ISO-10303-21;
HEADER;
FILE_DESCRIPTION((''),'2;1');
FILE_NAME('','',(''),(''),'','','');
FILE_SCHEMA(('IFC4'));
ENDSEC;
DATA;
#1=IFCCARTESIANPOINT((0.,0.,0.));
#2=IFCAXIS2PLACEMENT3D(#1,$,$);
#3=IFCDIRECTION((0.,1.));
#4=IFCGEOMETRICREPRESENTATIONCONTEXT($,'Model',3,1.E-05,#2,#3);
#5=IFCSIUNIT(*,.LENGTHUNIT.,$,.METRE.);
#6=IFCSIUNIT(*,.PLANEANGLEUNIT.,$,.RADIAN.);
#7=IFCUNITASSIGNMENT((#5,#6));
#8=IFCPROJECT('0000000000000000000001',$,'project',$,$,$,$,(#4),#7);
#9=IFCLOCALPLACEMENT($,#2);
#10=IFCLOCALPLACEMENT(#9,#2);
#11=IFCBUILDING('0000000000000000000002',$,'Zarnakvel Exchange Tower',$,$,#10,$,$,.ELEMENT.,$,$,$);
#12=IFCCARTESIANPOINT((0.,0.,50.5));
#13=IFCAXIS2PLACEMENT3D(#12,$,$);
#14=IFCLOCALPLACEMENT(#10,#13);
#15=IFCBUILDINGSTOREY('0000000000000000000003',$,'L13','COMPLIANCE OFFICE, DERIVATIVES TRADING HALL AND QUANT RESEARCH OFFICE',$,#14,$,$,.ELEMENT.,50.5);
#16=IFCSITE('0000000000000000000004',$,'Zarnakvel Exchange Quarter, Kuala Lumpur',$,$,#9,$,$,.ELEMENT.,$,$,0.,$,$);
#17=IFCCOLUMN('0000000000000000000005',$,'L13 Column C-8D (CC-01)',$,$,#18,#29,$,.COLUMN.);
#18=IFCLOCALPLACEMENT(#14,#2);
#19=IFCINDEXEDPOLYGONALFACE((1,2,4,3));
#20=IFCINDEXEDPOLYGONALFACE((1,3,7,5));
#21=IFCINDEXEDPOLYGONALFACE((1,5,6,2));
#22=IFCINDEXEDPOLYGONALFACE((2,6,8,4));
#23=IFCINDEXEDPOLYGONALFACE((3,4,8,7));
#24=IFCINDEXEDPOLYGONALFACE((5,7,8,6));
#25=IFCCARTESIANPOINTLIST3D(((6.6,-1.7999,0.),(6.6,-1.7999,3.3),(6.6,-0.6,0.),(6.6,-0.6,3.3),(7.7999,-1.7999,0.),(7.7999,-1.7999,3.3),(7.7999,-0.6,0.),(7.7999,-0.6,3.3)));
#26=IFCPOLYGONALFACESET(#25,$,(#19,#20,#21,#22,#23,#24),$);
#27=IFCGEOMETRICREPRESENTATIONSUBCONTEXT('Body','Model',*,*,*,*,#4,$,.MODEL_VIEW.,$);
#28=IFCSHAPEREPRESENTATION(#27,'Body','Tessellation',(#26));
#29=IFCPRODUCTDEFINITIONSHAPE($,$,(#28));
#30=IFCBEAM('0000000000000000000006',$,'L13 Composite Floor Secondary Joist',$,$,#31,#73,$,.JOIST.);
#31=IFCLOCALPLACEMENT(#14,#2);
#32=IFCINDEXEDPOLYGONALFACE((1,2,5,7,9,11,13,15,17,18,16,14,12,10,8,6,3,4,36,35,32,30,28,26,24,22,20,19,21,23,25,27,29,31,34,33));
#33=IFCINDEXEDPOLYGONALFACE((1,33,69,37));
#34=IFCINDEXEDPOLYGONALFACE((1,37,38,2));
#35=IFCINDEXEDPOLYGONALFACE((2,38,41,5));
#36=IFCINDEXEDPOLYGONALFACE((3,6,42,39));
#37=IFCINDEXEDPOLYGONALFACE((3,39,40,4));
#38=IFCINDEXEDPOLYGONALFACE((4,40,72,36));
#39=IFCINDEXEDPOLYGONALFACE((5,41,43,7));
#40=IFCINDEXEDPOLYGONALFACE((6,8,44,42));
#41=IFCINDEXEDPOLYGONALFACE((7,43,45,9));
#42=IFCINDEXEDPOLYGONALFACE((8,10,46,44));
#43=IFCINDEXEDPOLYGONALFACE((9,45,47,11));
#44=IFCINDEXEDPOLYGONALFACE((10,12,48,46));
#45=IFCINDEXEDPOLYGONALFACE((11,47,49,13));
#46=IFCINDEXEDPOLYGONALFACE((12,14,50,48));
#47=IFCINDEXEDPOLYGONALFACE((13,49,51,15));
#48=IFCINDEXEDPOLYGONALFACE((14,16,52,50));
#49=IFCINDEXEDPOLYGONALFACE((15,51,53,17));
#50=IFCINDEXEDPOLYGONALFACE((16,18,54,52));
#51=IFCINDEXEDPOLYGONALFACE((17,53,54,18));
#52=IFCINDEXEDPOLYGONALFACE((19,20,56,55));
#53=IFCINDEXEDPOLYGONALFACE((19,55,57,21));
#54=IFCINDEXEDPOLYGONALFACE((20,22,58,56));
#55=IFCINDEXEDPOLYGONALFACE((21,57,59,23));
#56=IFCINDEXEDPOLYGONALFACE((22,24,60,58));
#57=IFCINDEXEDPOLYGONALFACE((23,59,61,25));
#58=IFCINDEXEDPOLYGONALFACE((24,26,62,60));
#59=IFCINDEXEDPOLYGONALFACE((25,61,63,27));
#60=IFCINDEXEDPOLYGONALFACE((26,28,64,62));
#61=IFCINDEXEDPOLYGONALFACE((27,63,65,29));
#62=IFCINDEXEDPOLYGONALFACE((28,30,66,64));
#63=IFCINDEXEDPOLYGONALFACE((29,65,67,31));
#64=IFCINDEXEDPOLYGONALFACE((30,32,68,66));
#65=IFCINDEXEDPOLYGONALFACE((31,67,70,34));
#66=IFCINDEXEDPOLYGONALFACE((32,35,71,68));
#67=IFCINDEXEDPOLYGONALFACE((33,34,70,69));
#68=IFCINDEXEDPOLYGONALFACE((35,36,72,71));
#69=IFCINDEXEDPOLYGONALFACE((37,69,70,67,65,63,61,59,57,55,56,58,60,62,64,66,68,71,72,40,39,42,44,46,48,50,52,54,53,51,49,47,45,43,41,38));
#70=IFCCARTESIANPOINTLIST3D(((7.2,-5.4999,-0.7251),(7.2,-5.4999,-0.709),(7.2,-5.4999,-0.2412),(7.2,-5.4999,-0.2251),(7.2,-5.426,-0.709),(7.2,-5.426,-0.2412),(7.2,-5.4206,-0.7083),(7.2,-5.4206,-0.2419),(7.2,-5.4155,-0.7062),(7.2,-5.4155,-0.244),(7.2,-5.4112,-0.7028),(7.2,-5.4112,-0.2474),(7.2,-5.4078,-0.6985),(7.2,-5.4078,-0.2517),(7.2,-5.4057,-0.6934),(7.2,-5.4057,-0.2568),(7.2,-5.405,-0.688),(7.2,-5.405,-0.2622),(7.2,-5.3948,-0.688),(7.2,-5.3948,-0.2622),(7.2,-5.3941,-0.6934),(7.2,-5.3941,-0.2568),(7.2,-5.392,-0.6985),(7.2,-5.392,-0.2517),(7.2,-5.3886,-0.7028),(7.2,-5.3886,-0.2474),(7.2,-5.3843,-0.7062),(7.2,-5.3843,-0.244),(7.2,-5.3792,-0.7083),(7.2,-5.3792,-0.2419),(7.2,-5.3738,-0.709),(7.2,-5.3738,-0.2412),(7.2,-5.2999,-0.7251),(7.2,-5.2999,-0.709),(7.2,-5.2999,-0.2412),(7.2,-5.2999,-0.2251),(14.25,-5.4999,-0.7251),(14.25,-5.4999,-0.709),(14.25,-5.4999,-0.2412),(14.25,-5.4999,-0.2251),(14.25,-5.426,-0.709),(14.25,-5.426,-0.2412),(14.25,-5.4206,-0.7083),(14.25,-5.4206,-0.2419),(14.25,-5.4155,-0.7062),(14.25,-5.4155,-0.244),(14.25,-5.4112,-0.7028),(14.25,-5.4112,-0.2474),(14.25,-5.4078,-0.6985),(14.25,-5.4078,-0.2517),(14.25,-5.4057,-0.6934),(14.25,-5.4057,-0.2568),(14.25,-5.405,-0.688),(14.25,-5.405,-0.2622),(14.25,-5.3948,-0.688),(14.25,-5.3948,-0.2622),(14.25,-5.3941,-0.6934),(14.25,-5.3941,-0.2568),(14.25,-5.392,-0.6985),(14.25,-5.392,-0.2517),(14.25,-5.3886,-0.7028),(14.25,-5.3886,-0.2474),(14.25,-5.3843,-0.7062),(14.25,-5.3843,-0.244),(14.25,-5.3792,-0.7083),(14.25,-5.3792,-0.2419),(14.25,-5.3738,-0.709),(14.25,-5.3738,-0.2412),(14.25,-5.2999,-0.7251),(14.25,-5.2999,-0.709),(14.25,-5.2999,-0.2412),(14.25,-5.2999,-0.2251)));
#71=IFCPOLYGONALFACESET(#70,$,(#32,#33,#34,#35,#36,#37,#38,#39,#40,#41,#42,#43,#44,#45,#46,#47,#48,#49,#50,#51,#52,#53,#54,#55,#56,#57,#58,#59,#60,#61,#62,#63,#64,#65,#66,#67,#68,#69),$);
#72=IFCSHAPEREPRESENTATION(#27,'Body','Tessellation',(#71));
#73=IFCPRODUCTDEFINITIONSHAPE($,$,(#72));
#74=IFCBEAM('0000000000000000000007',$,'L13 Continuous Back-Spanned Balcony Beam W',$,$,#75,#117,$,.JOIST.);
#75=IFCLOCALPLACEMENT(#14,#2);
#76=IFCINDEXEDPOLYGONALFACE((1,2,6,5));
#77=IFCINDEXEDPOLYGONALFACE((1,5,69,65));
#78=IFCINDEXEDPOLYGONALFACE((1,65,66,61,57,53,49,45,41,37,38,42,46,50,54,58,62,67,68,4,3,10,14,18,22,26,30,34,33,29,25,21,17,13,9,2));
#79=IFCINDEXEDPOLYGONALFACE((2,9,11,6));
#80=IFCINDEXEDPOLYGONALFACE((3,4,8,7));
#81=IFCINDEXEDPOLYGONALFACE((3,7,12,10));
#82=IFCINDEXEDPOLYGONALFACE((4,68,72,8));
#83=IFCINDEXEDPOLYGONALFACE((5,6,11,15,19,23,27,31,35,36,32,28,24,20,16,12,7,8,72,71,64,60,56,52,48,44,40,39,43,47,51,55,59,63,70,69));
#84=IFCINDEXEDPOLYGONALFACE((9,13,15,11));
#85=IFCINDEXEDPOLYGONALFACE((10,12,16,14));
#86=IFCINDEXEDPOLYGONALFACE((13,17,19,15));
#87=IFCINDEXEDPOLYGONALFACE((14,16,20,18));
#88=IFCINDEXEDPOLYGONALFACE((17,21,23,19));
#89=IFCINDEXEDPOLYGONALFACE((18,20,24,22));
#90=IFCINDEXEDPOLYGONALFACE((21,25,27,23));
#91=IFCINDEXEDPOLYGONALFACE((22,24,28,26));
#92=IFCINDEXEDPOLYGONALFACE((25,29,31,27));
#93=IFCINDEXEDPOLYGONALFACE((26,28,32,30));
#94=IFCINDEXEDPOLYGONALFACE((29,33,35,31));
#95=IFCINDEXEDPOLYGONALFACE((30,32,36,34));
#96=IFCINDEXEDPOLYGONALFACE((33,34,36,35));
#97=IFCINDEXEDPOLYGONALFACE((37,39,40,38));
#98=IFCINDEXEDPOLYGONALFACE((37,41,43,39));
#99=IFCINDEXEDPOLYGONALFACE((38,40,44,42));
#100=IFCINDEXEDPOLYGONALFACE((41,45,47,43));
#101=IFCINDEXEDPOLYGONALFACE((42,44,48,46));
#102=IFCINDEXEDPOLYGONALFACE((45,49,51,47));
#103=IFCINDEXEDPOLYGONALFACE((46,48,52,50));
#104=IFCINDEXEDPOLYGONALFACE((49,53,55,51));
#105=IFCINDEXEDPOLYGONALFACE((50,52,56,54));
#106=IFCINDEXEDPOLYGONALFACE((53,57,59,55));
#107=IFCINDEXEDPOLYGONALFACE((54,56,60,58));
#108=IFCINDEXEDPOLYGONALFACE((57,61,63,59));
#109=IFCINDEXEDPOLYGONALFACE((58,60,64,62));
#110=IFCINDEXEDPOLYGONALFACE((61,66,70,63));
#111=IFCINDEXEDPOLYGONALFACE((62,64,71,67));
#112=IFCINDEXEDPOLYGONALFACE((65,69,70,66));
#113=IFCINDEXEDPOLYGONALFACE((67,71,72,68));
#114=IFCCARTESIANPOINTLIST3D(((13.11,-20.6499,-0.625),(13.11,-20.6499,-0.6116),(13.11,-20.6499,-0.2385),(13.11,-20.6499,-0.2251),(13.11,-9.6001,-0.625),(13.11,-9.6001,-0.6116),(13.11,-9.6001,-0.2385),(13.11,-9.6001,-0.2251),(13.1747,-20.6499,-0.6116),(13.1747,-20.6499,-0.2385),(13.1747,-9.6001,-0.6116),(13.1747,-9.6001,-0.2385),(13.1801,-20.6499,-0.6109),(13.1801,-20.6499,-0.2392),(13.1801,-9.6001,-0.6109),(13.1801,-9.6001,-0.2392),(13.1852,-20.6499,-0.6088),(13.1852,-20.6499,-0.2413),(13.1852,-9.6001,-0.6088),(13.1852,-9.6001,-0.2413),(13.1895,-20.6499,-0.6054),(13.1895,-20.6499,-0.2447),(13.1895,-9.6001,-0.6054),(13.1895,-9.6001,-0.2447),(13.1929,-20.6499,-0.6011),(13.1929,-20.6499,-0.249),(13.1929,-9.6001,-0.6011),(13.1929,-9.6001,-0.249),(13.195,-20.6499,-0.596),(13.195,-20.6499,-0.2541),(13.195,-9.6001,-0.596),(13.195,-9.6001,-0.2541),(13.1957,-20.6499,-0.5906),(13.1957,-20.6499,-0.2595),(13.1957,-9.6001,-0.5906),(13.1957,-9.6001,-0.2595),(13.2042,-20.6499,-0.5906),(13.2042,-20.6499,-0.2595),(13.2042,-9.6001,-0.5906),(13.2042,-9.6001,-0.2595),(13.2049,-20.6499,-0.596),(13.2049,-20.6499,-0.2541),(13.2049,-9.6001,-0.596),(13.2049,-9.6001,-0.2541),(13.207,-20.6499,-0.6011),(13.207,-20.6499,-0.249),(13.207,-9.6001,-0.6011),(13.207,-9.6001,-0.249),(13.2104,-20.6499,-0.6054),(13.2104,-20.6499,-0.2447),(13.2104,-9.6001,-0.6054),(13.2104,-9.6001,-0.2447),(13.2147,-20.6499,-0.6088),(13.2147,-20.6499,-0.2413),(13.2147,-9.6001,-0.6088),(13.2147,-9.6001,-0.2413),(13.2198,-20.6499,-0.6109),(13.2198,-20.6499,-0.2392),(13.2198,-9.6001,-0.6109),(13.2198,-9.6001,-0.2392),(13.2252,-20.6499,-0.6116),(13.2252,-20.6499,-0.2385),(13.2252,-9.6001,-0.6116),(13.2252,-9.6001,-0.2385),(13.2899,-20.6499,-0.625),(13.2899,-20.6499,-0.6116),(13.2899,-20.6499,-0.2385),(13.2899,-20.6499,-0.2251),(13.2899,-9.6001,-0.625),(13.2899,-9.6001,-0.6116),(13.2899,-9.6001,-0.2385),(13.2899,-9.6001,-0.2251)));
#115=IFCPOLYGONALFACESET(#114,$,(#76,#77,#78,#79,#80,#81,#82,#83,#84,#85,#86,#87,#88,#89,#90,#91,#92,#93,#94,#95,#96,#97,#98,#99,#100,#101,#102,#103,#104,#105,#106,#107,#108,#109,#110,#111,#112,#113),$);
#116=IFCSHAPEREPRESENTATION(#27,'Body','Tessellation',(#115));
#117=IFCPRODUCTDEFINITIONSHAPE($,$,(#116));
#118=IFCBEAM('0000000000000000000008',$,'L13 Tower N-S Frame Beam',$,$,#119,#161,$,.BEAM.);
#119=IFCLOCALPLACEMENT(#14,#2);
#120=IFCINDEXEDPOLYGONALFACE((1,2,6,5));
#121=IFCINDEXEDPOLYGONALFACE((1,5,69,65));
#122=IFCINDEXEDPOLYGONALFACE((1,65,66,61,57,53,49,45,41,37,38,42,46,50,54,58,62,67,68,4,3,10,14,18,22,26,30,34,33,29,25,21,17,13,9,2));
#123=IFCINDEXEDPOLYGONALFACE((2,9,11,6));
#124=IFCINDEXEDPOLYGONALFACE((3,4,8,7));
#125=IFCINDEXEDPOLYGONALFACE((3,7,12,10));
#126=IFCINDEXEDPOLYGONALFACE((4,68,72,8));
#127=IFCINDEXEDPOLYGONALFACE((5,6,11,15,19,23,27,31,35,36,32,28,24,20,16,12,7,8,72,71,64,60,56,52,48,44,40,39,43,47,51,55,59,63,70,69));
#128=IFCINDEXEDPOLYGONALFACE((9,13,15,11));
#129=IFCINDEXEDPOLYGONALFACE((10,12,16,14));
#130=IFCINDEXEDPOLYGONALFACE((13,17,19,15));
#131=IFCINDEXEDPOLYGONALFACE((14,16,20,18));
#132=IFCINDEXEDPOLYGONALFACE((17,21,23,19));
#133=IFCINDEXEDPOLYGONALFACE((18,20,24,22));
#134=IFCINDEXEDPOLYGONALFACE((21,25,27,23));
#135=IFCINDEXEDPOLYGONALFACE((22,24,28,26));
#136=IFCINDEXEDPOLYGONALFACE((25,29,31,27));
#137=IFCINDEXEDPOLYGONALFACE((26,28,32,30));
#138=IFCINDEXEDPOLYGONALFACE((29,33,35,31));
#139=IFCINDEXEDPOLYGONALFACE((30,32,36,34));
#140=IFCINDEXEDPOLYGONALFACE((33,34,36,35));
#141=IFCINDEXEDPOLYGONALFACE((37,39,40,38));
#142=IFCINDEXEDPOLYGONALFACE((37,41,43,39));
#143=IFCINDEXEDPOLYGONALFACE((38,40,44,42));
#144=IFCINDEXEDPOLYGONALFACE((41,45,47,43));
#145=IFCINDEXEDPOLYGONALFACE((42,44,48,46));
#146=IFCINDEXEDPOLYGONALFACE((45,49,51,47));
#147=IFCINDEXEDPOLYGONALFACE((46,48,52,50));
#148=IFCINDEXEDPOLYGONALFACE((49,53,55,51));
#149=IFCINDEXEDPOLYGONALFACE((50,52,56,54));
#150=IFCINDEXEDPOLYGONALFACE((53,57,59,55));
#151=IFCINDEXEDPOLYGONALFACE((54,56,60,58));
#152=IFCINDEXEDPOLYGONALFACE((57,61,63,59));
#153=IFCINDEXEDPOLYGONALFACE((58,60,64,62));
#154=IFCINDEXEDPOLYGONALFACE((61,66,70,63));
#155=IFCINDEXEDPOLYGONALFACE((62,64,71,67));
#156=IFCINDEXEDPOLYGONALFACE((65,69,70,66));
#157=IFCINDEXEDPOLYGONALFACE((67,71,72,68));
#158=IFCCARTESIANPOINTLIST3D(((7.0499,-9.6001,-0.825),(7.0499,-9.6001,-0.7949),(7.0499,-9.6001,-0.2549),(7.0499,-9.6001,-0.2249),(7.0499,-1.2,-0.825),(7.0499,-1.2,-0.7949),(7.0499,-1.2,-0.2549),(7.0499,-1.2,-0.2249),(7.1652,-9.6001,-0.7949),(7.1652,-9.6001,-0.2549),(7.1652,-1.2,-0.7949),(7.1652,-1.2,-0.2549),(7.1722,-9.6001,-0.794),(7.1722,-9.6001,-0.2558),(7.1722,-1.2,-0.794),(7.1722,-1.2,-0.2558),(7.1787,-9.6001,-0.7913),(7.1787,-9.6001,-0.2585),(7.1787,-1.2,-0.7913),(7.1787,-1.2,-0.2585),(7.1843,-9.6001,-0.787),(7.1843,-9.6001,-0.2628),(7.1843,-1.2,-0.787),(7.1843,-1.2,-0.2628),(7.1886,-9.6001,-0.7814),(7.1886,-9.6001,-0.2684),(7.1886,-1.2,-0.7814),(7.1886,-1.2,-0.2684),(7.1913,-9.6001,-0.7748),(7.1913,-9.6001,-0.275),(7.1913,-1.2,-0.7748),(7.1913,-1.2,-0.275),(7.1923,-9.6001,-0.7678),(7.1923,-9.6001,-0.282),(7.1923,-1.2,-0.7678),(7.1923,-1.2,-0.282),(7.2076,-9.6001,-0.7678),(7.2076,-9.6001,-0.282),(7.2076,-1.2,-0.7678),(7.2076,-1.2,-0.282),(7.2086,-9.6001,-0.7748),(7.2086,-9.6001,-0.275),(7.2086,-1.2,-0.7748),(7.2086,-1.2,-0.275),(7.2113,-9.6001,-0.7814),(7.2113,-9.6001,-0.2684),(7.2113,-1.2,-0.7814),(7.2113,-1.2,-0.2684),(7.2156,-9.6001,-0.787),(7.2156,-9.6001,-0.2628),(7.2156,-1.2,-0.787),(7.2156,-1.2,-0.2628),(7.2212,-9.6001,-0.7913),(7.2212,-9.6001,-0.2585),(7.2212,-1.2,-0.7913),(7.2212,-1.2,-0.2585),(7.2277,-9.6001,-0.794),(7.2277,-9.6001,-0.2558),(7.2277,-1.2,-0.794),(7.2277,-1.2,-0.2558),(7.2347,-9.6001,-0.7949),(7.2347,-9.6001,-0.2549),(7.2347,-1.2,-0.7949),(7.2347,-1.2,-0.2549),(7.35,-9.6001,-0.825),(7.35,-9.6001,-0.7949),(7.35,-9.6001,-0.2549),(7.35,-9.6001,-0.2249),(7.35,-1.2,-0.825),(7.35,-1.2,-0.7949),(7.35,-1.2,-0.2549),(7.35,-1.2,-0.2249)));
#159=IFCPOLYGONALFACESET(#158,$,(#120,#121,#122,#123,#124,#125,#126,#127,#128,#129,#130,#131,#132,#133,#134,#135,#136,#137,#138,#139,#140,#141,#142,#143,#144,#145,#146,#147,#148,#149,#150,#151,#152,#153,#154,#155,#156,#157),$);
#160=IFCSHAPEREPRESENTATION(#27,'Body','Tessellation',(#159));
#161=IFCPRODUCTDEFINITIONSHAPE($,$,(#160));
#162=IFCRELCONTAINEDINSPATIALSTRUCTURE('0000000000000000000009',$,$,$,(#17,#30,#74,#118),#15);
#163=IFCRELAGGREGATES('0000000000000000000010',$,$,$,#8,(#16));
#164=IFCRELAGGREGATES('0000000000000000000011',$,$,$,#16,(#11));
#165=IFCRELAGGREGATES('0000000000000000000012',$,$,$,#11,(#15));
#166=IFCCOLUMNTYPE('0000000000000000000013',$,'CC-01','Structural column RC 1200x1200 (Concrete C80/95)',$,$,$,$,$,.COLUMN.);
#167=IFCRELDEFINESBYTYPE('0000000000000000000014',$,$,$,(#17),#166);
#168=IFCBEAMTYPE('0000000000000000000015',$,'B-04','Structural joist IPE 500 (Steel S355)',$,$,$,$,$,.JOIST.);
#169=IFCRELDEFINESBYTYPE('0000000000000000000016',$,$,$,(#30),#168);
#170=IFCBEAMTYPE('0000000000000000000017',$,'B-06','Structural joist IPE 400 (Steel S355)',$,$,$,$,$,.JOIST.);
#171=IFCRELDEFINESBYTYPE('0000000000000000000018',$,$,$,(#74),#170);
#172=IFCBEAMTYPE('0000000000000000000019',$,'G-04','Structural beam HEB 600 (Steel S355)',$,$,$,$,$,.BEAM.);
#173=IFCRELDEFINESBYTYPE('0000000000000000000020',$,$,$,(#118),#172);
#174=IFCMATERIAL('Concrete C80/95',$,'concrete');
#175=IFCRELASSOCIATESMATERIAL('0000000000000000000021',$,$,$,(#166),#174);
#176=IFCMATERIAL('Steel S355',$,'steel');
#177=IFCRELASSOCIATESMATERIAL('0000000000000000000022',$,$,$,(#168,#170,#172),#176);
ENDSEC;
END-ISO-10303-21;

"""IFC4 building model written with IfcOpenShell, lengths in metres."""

from ifc_helpers import new_model, si_unit, direction, frame, origin, origin_2d, place, context, subcontext, project, spatial, rectangle, i_section, extrude, material, material_profile, profile_set, type_object, element, save


model = new_model("IFC4")

# Units and contexts
model_context = context("Model", 3, precision=1e-05, world=origin(), true_north=direction((0.0, 1.0)))
body_context = subcontext(model_context, "Body", "Model", "MODEL_VIEW")
ifc_project = project(units=[si_unit("LENGTHUNIT", "METRE"), si_unit("PLANEANGLEUNIT", "RADIAN")], contexts=[model_context])

# Site, building, storey
site_placement = place(None, origin())
site = spatial("IfcSite", under=ifc_project, at=site_placement, Name="Zarnakvel Exchange Quarter, Kuala Lumpur", CompositionType="ELEMENT", RefElevation=0.0)
building_placement = place(site_placement, origin())
building = spatial("IfcBuilding", under=site, at=building_placement, Name="Zarnakvel Exchange Tower", CompositionType="ELEMENT")
storey_placement = place(building_placement, frame((0.0, 0.0, 50.5)))
storey = spatial("IfcBuildingStorey", under=building, at=storey_placement, Name="L13", Description="COMPLIANCE OFFICE, DERIVATIVES TRADING HALL AND QUANT RESEARCH OFFICE", CompositionType="ELEMENT", Elevation=50.5)

# Column
ifc_material_1 = material(Name="Concrete C80/95", Category="concrete")
ifc_material_profile_1 = material_profile(ifc_material_1, rectangle(XDim=1.2, YDim=1.2, at=origin_2d()))
ifc_profile_set_1 = profile_set([ifc_material_profile_1], Name="Concrete C80/95")
column_type = type_object("IfcColumnType", Name="CC-01", Description="Structural column RC 1200x1200 (Concrete C80/95)", PredefinedType="COLUMN", material=ifc_profile_set_1)
column_placement = place(storey_placement, frame((7.2, -1.2, 0.0), z_axis=(0.0, 0.0, 1.0), x_axis=(1.0, 0.0, 0.0)))
element("IfcColumn", 1, at=column_placement, inside=storey, type_object=column_type, Name="L13 Column C-8D (CC-01)", PredefinedType="COLUMN", context=body_context, shape_type="SweptSolid", body=[
    extrude(rectangle(XDim=1.2, YDim=1.2, at=origin_2d()), origin(), (0.0, 0.0, 1.0), 3.3),
])

# Beams
ifc_material_2 = material(Name="Steel S355", Category="steel")
ifc_material_profile_2 = material_profile(ifc_material_2, i_section(OverallWidth=0.2, OverallDepth=0.5, WebThickness=0.0103, FlangeThickness=0.0161, FilletRadius=0.021, at=origin_2d()))
ifc_profile_set_2 = profile_set([ifc_material_profile_2], Name="Steel S355")
beam_type_1 = type_object("IfcBeamType", Name="B-04", Description="Structural joist IPE 500 (Steel S355)", PredefinedType="JOIST", material=ifc_profile_set_2)
beam_1_placement = place(storey_placement, frame((7.2, -5.3999, -0.4751), z_axis=(1.0, 0.0, 0.0), x_axis=(0.0, 1.0, 0.0)))
element("IfcBeam", 2, at=beam_1_placement, inside=storey, type_object=beam_type_1, Name="L13 Composite Floor Secondary Joist", PredefinedType="JOIST", context=body_context, shape_type="SweptSolid", body=[
    extrude(i_section(OverallWidth=0.2, OverallDepth=0.5, WebThickness=0.0103, FlangeThickness=0.0161, FilletRadius=0.021, at=origin_2d()), origin(), (0.0, 0.0, 1.0), 7.05),
])
ifc_material_profile_3 = material_profile(ifc_material_2, i_section(OverallWidth=0.1799, OverallDepth=0.3999, WebThickness=0.0085, FlangeThickness=0.0134, FilletRadius=0.021, at=origin_2d()))
ifc_profile_set_3 = profile_set([ifc_material_profile_3], Name="Steel S355")
beam_type_2 = type_object("IfcBeamType", Name="B-06", Description="Structural joist IPE 400 (Steel S355)", PredefinedType="JOIST", material=ifc_profile_set_3)
beam_2_placement = place(storey_placement, frame((13.2, -9.6001, -0.425), z_axis=(0.0, -1.0, 0.0), x_axis=(1.0, 0.0, 0.0)))
element("IfcBeam", 3, at=beam_2_placement, inside=storey, type_object=beam_type_2, Name="L13 Continuous Back-Spanned Balcony Beam W", PredefinedType="JOIST", context=body_context, shape_type="SweptSolid", body=[
    extrude(i_section(OverallWidth=0.1799, OverallDepth=0.3999, WebThickness=0.0085, FlangeThickness=0.0134, FilletRadius=0.021, at=origin_2d()), origin(), (0.0, 0.0, 1.0), 11.0498),
])
ifc_material_profile_4 = material_profile(ifc_material_2, i_section(OverallWidth=0.3, OverallDepth=0.6001, WebThickness=0.0154, FlangeThickness=0.03, FilletRadius=0.0271, at=origin_2d()))
ifc_profile_set_4 = profile_set([ifc_material_profile_4], Name="Steel S355")
beam_type_3 = type_object("IfcBeamType", Name="G-04", Description="Structural beam HEB 600 (Steel S355)", PredefinedType="BEAM", material=ifc_profile_set_4)
beam_3_placement = place(storey_placement, frame((7.2, -9.6001, -0.5249), z_axis=(0.0, 1.0, 0.0), x_axis=(-1.0, 0.0, 0.0)))
element("IfcBeam", 4, at=beam_3_placement, inside=storey, type_object=beam_type_3, Name="L13 Tower N-S Frame Beam", PredefinedType="BEAM", context=body_context, shape_type="SweptSolid", body=[
    extrude(i_section(OverallWidth=0.3, OverallDepth=0.6001, WebThickness=0.0154, FlangeThickness=0.03, FilletRadius=0.0271, at=origin_2d()), origin(), (0.0, 0.0, 1.0), 8.4001),
])

save(model, "model.ifc")
